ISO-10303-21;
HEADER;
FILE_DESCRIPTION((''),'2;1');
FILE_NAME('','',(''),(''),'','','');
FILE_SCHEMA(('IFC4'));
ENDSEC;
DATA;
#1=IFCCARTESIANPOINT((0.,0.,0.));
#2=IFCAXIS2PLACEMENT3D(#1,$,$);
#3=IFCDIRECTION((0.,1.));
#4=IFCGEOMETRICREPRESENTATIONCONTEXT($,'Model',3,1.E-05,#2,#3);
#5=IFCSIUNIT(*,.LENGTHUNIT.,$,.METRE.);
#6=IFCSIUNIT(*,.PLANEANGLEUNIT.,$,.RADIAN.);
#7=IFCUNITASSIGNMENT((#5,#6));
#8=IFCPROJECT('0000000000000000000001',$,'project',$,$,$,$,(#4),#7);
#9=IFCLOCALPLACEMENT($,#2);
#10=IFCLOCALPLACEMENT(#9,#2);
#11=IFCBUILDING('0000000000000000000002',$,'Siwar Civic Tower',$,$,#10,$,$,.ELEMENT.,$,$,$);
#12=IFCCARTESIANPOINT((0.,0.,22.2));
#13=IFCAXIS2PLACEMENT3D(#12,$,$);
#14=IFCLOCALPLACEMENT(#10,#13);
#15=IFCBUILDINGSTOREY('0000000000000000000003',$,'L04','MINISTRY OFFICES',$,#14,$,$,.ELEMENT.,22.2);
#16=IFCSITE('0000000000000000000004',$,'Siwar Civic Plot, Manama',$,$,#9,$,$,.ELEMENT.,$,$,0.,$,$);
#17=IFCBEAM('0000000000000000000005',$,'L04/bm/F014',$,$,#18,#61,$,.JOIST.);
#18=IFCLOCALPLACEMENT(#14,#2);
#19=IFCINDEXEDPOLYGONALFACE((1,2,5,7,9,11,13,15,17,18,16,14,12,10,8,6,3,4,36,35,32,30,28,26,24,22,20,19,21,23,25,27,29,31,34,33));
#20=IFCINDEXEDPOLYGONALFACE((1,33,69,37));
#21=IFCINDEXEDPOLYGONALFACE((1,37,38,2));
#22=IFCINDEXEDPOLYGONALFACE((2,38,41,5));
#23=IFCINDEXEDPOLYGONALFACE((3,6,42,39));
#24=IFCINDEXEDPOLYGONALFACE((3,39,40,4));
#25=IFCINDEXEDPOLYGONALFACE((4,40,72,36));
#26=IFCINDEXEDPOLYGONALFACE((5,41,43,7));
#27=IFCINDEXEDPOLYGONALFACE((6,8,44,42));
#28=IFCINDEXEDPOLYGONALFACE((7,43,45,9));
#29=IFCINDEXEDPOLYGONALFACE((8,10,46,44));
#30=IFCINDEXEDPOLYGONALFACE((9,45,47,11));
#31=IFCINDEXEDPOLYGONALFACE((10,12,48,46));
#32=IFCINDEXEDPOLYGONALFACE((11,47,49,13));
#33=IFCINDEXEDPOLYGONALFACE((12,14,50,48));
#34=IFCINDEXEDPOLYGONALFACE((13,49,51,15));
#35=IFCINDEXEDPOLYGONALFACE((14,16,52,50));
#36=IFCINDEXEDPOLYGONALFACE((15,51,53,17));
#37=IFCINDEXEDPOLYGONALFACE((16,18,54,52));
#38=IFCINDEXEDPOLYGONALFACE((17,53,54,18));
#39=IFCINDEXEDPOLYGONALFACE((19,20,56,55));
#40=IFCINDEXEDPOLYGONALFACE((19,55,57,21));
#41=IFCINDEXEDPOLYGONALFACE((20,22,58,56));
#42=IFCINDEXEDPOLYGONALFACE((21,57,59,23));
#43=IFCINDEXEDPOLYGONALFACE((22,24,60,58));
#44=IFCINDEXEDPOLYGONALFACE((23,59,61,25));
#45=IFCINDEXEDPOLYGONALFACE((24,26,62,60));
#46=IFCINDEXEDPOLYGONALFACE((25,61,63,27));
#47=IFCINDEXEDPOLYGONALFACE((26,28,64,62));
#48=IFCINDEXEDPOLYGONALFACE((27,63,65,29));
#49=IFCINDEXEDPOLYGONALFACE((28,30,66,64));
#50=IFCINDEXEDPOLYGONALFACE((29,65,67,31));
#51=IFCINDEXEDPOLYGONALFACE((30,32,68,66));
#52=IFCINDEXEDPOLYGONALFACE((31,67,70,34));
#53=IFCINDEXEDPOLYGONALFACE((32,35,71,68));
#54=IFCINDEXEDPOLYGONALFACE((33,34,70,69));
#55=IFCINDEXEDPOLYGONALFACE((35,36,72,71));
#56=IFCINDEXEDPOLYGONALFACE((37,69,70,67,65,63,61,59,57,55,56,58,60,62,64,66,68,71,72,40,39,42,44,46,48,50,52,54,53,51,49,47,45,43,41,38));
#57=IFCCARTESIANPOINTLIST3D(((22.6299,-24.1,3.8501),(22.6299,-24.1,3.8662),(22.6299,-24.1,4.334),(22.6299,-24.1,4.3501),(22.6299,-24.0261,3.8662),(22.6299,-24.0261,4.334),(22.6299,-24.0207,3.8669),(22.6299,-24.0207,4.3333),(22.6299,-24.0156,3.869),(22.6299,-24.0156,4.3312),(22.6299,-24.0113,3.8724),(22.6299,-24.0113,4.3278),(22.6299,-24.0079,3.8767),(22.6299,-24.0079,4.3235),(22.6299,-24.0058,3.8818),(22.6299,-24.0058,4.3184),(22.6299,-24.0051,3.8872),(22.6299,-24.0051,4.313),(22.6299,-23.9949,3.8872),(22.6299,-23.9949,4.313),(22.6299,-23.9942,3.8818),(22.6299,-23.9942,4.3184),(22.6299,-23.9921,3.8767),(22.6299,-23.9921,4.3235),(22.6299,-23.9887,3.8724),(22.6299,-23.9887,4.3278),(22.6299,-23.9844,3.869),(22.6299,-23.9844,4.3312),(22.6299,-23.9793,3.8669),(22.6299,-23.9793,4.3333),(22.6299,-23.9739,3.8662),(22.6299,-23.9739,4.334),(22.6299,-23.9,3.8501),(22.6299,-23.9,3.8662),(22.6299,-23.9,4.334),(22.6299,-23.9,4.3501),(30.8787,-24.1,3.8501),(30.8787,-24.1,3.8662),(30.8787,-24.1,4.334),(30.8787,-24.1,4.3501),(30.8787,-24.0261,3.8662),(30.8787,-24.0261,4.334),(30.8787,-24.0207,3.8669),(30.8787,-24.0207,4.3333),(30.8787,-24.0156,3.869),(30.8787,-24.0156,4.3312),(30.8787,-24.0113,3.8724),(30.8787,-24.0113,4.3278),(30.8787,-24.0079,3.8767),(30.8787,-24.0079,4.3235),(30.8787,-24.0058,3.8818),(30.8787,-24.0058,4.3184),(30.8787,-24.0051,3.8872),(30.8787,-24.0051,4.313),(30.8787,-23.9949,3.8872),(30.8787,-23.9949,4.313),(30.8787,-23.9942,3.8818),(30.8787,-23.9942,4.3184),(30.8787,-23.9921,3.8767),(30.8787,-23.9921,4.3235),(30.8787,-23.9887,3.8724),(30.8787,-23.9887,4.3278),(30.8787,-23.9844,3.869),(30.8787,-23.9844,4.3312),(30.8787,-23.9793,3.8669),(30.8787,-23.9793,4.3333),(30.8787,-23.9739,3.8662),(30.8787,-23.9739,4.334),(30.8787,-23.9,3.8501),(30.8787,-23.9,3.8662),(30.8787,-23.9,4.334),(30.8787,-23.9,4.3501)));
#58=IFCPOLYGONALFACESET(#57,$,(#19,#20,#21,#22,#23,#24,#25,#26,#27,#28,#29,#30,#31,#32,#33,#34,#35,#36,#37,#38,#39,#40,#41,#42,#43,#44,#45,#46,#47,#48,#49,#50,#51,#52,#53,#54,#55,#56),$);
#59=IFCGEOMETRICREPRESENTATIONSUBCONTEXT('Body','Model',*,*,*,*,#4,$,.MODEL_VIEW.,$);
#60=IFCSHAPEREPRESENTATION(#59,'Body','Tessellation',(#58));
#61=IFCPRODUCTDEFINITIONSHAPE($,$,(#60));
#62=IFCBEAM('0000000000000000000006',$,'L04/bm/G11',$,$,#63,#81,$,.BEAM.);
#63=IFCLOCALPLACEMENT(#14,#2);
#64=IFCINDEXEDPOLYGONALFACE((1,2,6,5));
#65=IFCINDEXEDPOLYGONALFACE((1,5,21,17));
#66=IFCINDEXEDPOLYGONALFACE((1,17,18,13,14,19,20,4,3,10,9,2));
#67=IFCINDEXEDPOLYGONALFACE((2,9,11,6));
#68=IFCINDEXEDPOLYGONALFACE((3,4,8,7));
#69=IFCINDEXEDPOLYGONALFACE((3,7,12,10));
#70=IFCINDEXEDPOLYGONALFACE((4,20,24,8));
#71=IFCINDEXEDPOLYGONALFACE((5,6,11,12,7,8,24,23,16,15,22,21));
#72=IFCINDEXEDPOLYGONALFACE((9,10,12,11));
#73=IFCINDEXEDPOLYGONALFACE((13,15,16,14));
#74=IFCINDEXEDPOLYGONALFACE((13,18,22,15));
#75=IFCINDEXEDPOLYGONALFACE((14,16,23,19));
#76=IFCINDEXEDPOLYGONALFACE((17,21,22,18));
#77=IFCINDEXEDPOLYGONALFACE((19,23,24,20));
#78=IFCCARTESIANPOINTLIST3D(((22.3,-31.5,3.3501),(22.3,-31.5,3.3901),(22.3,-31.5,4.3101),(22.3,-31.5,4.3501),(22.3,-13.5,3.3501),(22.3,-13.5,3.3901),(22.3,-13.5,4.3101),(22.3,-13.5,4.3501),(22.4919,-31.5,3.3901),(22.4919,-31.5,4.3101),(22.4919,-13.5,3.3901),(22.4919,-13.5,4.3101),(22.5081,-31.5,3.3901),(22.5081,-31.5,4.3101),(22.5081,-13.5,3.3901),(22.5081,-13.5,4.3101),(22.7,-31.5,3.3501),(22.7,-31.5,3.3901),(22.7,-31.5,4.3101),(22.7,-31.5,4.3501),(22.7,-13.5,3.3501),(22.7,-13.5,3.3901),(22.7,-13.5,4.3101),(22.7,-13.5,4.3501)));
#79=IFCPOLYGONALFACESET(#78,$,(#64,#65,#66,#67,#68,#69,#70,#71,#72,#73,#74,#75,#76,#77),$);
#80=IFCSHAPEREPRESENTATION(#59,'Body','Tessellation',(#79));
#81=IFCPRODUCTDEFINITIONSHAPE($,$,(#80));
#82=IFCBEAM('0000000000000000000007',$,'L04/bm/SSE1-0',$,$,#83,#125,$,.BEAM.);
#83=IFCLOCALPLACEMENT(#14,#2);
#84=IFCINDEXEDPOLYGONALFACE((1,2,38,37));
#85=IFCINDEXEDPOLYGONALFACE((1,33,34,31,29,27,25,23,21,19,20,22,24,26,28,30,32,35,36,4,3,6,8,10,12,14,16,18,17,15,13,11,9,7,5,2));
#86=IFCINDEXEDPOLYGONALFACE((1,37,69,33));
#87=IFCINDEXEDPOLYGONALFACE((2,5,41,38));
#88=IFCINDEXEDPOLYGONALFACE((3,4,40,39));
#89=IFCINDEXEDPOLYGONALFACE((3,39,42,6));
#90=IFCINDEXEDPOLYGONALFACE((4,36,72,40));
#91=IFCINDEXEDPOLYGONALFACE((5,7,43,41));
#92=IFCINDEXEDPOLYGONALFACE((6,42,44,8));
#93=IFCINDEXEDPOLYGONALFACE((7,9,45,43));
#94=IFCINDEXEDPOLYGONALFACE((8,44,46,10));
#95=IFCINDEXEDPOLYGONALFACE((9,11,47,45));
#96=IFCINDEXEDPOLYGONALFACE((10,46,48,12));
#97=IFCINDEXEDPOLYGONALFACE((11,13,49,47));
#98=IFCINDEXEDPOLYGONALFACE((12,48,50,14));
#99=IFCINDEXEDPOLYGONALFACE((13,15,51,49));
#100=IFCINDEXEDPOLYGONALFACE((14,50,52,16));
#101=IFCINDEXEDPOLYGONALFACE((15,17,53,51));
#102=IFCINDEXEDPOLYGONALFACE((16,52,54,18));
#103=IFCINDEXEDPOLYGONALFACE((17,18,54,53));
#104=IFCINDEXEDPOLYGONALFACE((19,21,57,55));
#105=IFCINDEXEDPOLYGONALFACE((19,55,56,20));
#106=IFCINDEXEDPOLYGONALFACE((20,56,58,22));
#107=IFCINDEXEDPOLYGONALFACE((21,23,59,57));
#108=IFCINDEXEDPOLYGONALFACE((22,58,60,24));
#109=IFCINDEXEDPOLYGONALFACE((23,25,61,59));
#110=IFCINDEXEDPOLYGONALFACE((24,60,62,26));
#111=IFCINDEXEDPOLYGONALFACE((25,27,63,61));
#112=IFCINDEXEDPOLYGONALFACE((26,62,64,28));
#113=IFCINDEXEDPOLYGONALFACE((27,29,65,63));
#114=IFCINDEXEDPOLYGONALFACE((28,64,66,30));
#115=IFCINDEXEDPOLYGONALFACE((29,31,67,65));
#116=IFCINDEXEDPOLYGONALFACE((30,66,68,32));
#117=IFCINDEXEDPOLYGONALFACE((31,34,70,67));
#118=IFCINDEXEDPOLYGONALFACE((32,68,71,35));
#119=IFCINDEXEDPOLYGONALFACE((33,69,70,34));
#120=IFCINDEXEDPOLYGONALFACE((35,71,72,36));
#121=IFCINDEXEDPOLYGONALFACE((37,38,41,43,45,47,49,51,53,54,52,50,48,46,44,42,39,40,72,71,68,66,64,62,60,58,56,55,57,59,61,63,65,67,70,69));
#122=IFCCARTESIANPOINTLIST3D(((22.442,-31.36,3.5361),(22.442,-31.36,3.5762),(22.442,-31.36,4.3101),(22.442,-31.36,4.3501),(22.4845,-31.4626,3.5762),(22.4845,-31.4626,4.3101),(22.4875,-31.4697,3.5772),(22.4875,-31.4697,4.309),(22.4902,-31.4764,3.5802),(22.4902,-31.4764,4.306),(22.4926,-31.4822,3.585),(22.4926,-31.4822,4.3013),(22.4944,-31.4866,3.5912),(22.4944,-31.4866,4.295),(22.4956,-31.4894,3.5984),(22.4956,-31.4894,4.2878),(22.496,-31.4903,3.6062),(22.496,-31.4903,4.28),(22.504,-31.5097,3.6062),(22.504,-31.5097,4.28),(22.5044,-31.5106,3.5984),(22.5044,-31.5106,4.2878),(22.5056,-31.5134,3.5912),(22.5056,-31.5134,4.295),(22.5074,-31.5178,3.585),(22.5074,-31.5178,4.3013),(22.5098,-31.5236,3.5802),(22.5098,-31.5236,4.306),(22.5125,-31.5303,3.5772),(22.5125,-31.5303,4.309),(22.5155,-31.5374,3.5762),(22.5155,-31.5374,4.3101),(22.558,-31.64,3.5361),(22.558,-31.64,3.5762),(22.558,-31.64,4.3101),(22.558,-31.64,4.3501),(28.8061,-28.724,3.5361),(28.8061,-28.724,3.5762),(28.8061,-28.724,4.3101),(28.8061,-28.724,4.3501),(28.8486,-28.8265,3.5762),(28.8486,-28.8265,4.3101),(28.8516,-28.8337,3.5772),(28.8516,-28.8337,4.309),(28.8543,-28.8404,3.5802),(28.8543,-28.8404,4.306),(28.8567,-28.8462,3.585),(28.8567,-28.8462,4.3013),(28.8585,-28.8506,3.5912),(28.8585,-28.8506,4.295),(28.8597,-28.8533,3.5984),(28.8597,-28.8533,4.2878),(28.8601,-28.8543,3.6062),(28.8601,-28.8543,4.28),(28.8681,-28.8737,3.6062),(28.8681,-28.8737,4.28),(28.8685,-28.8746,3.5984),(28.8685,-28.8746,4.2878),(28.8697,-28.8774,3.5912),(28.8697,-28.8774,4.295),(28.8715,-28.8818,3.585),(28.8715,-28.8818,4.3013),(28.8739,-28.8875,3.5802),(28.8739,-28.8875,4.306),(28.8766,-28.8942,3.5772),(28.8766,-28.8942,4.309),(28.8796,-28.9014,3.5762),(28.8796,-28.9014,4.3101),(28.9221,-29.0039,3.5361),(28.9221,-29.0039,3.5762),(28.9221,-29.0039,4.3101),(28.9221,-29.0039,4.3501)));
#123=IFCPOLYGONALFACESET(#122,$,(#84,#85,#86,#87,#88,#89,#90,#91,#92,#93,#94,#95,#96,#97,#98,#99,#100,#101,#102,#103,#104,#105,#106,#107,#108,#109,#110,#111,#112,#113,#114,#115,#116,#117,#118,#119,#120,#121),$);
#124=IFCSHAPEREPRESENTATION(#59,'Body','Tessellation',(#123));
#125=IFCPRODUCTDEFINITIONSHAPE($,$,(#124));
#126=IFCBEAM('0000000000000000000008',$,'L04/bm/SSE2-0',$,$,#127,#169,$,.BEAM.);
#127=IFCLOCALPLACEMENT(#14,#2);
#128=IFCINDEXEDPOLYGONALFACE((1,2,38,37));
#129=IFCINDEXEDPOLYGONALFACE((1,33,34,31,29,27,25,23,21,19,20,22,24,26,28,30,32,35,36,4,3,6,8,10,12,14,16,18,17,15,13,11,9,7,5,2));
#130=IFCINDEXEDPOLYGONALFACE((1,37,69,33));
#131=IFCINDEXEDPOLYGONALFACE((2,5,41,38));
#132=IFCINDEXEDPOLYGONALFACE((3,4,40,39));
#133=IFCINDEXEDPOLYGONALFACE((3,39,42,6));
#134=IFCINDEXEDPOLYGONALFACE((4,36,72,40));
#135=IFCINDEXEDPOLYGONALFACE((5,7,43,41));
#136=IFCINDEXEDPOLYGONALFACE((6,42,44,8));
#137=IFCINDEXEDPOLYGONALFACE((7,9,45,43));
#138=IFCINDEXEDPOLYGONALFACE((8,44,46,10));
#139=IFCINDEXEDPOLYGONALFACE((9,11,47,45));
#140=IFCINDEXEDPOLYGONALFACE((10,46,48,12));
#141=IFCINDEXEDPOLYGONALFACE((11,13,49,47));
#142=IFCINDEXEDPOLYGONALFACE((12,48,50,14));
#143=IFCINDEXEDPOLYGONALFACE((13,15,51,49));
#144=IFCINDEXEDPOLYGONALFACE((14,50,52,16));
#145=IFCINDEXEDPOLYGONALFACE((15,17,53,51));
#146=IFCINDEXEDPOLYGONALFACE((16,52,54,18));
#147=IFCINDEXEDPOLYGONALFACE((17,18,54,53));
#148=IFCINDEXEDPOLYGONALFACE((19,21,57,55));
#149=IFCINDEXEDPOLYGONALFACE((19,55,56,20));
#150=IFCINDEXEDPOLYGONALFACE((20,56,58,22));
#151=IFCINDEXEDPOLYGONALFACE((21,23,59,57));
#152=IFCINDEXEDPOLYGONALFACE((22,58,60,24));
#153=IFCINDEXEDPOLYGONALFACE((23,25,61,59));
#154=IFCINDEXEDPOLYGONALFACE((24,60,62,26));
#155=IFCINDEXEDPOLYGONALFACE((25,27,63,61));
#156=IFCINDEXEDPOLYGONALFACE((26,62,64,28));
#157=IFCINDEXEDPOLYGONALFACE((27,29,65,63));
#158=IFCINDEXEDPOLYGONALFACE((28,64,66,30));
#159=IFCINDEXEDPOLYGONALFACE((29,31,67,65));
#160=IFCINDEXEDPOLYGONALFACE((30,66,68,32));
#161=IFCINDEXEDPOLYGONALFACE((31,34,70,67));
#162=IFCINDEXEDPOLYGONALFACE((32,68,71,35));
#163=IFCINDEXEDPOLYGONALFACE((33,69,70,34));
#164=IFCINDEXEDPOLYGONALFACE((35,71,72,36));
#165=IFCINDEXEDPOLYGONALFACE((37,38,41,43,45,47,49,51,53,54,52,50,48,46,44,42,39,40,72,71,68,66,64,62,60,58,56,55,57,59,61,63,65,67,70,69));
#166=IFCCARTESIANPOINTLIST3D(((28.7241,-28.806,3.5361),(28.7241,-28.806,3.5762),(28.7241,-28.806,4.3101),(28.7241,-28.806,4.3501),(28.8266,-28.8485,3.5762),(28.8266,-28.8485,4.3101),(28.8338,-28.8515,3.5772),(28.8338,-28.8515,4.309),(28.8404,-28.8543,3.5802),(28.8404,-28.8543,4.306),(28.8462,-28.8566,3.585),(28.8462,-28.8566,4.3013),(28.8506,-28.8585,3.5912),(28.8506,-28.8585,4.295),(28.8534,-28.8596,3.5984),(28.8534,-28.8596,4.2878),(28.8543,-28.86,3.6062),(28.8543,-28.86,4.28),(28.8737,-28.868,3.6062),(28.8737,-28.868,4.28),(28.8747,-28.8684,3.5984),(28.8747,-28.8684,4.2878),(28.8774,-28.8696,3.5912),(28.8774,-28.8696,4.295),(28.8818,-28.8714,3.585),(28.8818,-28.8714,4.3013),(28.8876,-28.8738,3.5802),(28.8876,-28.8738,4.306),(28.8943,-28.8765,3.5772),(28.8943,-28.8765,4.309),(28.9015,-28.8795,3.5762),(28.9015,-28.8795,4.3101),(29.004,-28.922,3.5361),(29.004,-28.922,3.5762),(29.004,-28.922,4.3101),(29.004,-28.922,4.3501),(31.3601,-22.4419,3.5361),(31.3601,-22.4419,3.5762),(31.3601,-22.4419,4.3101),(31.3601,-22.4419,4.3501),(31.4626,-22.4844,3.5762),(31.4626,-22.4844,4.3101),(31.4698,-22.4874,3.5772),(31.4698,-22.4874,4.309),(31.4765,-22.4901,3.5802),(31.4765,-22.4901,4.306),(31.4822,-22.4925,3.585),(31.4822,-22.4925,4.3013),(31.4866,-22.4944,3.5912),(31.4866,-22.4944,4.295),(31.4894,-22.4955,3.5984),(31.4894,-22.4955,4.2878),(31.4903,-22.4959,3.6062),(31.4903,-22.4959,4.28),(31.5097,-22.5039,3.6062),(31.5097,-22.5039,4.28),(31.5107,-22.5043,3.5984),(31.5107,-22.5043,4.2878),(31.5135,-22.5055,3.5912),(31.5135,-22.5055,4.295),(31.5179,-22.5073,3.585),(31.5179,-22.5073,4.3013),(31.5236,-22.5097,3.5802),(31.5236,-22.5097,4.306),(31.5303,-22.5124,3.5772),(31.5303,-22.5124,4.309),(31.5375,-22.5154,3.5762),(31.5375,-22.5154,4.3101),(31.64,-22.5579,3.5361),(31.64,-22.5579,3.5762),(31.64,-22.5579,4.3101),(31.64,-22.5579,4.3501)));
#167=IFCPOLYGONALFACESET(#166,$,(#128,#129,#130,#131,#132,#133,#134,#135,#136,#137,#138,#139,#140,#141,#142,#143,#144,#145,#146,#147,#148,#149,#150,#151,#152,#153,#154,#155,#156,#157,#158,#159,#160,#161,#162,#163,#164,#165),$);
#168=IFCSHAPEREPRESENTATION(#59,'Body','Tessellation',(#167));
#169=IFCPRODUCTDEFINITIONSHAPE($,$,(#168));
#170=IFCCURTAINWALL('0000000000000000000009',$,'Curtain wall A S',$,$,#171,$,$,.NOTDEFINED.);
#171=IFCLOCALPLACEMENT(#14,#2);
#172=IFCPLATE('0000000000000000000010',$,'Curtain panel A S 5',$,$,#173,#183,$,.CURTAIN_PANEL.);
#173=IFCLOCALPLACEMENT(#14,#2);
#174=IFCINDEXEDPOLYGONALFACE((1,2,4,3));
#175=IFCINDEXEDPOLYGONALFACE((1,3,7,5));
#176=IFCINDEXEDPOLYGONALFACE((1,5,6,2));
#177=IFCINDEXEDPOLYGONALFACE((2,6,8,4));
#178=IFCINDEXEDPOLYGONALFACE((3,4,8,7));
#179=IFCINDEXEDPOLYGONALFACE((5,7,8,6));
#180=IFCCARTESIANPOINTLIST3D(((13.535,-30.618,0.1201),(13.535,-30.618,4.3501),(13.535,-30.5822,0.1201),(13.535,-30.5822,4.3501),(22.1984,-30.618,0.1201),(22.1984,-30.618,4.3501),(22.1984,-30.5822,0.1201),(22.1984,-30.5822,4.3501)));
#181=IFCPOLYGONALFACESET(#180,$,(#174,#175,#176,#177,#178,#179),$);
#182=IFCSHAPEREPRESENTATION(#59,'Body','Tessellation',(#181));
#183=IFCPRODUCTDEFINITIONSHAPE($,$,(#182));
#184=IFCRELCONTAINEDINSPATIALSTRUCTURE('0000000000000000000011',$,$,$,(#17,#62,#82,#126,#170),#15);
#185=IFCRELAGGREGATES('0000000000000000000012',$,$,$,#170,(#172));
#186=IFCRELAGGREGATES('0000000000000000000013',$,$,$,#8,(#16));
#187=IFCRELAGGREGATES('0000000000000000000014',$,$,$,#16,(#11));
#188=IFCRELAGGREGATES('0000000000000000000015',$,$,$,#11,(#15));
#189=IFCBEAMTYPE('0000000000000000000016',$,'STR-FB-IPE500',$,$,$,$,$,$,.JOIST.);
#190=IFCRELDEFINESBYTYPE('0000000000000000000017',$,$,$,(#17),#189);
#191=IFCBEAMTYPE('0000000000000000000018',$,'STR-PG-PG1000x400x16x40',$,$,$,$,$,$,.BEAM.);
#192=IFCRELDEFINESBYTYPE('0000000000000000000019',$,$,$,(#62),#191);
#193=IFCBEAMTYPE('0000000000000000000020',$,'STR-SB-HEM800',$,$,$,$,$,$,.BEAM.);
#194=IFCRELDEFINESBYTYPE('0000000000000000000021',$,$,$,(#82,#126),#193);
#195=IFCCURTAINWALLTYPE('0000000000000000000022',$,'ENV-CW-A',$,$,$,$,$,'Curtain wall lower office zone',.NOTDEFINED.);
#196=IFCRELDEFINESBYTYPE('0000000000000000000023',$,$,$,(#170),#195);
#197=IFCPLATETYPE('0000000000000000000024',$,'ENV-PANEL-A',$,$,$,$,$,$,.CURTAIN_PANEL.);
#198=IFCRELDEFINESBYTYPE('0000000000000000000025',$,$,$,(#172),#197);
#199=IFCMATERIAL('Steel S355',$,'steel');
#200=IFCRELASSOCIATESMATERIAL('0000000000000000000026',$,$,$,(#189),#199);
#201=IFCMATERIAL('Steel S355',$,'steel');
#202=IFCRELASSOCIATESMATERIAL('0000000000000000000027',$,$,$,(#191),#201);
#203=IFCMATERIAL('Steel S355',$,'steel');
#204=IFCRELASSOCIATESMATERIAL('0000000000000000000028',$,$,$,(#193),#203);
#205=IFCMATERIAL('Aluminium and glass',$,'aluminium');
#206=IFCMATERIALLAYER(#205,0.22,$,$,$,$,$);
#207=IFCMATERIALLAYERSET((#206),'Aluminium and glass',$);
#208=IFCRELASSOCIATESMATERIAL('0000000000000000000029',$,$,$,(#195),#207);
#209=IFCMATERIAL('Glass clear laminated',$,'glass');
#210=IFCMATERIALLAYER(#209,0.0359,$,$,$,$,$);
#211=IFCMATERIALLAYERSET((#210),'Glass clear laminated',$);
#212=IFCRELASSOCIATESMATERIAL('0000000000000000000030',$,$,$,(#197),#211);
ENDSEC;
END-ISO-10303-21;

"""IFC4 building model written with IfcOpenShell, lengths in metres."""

from ifc_helpers import new_model, si_unit, direction, frame, origin, origin_2d, place, context, subcontext, project, spatial, rectangle, i_section, extrude, material, layer, layer_set, material_profile, profile_set, type_object, element, aggregate, save


model = new_model("IFC4")

# Units and contexts
model_context = context("Model", 3, precision=1e-05, world=origin(), true_north=direction((0.0, 1.0)))
body_context = subcontext(model_context, "Body", "Model", "MODEL_VIEW")
ifc_project = project(units=[si_unit("LENGTHUNIT", "METRE"), si_unit("PLANEANGLEUNIT", "RADIAN")], contexts=[model_context])

# Site, building, storey
site_placement = place(None, origin())
site = spatial("IfcSite", under=ifc_project, at=site_placement, Name="Siwar Civic Plot, Manama", CompositionType="ELEMENT", RefElevation=0.0)
building_placement = place(site_placement, origin())
building = spatial("IfcBuilding", under=site, at=building_placement, Name="Siwar Civic Tower", CompositionType="ELEMENT")
storey_placement = place(building_placement, frame((0.0, 0.0, 22.2)))
storey = spatial("IfcBuildingStorey", under=building, at=storey_placement, Name="L04", Description="MINISTRY OFFICES", CompositionType="ELEMENT", Elevation=22.2)

# Beams
ifc_material_1 = material(Name="Steel S355", Category="steel")
ifc_material_profile_1 = material_profile(ifc_material_1, i_section(OverallWidth=0.2, OverallDepth=0.5, WebThickness=0.0103, FlangeThickness=0.0161, FilletRadius=0.021, at=origin_2d()), Name="IPE500")
ifc_profile_set_1 = profile_set([ifc_material_profile_1], Name="Steel S355")
beam_type_1 = type_object("IfcBeamType", Name="STR-FB-IPE500", PredefinedType="JOIST", material=ifc_profile_set_1)
beam_1_placement = place(storey_placement, frame((22.6299, -24.0, 4.1001), z_axis=(1.0, 0.0, 0.0), x_axis=(0.0, 1.0, 0.0)))
element("IfcBeam", 1, at=beam_1_placement, inside=storey, type_object=beam_type_1, Name="L04/bm/F014", PredefinedType="JOIST", context=body_context, shape_type="SweptSolid", body=[
    extrude(i_section(OverallWidth=0.2, OverallDepth=0.5, WebThickness=0.0103, FlangeThickness=0.0161, FilletRadius=0.021, at=origin_2d()), origin(), (0.0, 0.0, 1.0), 8.2488),
])
ifc_material_2 = material(Name="Steel S355", Category="steel")
ifc_material_profile_2 = material_profile(ifc_material_2, i_section(OverallWidth=0.3999, OverallDepth=1.0, WebThickness=0.0161, FlangeThickness=0.04, at=origin_2d()), Name="PG1000x400x16x40")
ifc_profile_set_2 = profile_set([ifc_material_profile_2], Name="Steel S355")
beam_type_2 = type_object("IfcBeamType", Name="STR-PG-PG1000x400x16x40", PredefinedType="BEAM", material=ifc_profile_set_2)
beam_2_placement = place(storey_placement, frame((22.5, -31.5, 3.8501), z_axis=(0.0, 1.0, 0.0), x_axis=(-1.0, 0.0, 0.0)))
element("IfcBeam", 2, at=beam_2_placement, inside=storey, type_object=beam_type_2, Name="L04/bm/G11", PredefinedType="BEAM", context=body_context, shape_type="SweptSolid", body=[
    extrude(i_section(OverallWidth=0.3999, OverallDepth=1.0, WebThickness=0.0161, FlangeThickness=0.04, at=origin_2d()), origin(), (0.0, 0.0, 1.0), 18.0),
])
ifc_material_3 = material(Name="Steel S355", Category="steel")
ifc_material_profile_3 = material_profile(ifc_material_3, i_section(OverallWidth=0.303, OverallDepth=0.814, WebThickness=0.021, FlangeThickness=0.04, FilletRadius=0.03, at=origin_2d()), Name="HEM800")
ifc_profile_set_3 = profile_set([ifc_material_profile_3], Name="Steel S355")
beam_type_3 = type_object("IfcBeamType", Name="STR-SB-HEM800", PredefinedType="BEAM", material=ifc_profile_set_3)
for number, where, z_axis, x_axis, name in (
    (3, (22.5, -31.5, 3.9431), (0.923883, 0.382674, 0.0), (-0.382674, 0.923883, 0.0), "L04/bm/SSE1-0"),
    (4, (28.864, -28.864, 3.9431), (0.382674, 0.923883, 0.0), (-0.923883, 0.382674, 0.0), "L04/bm/SSE2-0"),
):
    element("IfcBeam", number, at=place(storey_placement, frame(where, z_axis=z_axis, x_axis=x_axis)), inside=storey, type_object=beam_type_3, Name=name, PredefinedType="BEAM", context=body_context, shape_type="SweptSolid", body=[
        extrude(i_section(OverallWidth=0.303, OverallDepth=0.814, WebThickness=0.021, FlangeThickness=0.04, FilletRadius=0.03, at=origin_2d()), origin(), (0.0, 0.0, 1.0), 6.8884),
    ])

# Curtain wall, plate
ifc_material_4 = material(Name="Aluminium and glass", Category="aluminium")
ifc_layer_1 = layer(ifc_material_4, 0.22)
ifc_layer_set_1 = layer_set([ifc_layer_1], Name="Aluminium and glass")
curtain_wall_type_1 = type_object("IfcCurtainWallType", Name="ENV-CW-A", ElementType="Curtain wall lower office zone", PredefinedType="NOTDEFINED", material=ifc_layer_set_1)
curtain_wall_1_placement = place(storey_placement, origin())
curtain_wall_1 = element("IfcCurtainWall", 5, at=curtain_wall_1_placement, inside=storey, type_object=curtain_wall_type_1, Name="Curtain wall A S", PredefinedType="NOTDEFINED")
ifc_material_5 = material(Name="Glass clear laminated", Category="glass")
ifc_layer_2 = layer(ifc_material_5, 0.0359)
ifc_layer_set_2 = layer_set([ifc_layer_2], Name="Glass clear laminated")
plate_type_1 = type_object("IfcPlateType", Name="ENV-PANEL-A", PredefinedType="CURTAIN_PANEL", material=ifc_layer_set_2)
plate_1_placement = place(storey_placement, frame((17.8667, -30.6001, 0.1201), z_axis=(0.0, 0.0, 1.0), x_axis=(1.0, 0.0, 0.0)))
plate_1 = element("IfcPlate", 6, at=plate_1_placement, type_object=plate_type_1, Name="Curtain panel A S 5", PredefinedType="CURTAIN_PANEL", context=body_context, shape_type="SweptSolid", body=[
    extrude(rectangle(XDim=8.6633, YDim=0.0359, at=origin_2d()), origin(), (0.0, 0.0, 1.0), 4.23),
])
aggregate(curtain_wall_1, [plate_1])

save(model, "model.ifc")
